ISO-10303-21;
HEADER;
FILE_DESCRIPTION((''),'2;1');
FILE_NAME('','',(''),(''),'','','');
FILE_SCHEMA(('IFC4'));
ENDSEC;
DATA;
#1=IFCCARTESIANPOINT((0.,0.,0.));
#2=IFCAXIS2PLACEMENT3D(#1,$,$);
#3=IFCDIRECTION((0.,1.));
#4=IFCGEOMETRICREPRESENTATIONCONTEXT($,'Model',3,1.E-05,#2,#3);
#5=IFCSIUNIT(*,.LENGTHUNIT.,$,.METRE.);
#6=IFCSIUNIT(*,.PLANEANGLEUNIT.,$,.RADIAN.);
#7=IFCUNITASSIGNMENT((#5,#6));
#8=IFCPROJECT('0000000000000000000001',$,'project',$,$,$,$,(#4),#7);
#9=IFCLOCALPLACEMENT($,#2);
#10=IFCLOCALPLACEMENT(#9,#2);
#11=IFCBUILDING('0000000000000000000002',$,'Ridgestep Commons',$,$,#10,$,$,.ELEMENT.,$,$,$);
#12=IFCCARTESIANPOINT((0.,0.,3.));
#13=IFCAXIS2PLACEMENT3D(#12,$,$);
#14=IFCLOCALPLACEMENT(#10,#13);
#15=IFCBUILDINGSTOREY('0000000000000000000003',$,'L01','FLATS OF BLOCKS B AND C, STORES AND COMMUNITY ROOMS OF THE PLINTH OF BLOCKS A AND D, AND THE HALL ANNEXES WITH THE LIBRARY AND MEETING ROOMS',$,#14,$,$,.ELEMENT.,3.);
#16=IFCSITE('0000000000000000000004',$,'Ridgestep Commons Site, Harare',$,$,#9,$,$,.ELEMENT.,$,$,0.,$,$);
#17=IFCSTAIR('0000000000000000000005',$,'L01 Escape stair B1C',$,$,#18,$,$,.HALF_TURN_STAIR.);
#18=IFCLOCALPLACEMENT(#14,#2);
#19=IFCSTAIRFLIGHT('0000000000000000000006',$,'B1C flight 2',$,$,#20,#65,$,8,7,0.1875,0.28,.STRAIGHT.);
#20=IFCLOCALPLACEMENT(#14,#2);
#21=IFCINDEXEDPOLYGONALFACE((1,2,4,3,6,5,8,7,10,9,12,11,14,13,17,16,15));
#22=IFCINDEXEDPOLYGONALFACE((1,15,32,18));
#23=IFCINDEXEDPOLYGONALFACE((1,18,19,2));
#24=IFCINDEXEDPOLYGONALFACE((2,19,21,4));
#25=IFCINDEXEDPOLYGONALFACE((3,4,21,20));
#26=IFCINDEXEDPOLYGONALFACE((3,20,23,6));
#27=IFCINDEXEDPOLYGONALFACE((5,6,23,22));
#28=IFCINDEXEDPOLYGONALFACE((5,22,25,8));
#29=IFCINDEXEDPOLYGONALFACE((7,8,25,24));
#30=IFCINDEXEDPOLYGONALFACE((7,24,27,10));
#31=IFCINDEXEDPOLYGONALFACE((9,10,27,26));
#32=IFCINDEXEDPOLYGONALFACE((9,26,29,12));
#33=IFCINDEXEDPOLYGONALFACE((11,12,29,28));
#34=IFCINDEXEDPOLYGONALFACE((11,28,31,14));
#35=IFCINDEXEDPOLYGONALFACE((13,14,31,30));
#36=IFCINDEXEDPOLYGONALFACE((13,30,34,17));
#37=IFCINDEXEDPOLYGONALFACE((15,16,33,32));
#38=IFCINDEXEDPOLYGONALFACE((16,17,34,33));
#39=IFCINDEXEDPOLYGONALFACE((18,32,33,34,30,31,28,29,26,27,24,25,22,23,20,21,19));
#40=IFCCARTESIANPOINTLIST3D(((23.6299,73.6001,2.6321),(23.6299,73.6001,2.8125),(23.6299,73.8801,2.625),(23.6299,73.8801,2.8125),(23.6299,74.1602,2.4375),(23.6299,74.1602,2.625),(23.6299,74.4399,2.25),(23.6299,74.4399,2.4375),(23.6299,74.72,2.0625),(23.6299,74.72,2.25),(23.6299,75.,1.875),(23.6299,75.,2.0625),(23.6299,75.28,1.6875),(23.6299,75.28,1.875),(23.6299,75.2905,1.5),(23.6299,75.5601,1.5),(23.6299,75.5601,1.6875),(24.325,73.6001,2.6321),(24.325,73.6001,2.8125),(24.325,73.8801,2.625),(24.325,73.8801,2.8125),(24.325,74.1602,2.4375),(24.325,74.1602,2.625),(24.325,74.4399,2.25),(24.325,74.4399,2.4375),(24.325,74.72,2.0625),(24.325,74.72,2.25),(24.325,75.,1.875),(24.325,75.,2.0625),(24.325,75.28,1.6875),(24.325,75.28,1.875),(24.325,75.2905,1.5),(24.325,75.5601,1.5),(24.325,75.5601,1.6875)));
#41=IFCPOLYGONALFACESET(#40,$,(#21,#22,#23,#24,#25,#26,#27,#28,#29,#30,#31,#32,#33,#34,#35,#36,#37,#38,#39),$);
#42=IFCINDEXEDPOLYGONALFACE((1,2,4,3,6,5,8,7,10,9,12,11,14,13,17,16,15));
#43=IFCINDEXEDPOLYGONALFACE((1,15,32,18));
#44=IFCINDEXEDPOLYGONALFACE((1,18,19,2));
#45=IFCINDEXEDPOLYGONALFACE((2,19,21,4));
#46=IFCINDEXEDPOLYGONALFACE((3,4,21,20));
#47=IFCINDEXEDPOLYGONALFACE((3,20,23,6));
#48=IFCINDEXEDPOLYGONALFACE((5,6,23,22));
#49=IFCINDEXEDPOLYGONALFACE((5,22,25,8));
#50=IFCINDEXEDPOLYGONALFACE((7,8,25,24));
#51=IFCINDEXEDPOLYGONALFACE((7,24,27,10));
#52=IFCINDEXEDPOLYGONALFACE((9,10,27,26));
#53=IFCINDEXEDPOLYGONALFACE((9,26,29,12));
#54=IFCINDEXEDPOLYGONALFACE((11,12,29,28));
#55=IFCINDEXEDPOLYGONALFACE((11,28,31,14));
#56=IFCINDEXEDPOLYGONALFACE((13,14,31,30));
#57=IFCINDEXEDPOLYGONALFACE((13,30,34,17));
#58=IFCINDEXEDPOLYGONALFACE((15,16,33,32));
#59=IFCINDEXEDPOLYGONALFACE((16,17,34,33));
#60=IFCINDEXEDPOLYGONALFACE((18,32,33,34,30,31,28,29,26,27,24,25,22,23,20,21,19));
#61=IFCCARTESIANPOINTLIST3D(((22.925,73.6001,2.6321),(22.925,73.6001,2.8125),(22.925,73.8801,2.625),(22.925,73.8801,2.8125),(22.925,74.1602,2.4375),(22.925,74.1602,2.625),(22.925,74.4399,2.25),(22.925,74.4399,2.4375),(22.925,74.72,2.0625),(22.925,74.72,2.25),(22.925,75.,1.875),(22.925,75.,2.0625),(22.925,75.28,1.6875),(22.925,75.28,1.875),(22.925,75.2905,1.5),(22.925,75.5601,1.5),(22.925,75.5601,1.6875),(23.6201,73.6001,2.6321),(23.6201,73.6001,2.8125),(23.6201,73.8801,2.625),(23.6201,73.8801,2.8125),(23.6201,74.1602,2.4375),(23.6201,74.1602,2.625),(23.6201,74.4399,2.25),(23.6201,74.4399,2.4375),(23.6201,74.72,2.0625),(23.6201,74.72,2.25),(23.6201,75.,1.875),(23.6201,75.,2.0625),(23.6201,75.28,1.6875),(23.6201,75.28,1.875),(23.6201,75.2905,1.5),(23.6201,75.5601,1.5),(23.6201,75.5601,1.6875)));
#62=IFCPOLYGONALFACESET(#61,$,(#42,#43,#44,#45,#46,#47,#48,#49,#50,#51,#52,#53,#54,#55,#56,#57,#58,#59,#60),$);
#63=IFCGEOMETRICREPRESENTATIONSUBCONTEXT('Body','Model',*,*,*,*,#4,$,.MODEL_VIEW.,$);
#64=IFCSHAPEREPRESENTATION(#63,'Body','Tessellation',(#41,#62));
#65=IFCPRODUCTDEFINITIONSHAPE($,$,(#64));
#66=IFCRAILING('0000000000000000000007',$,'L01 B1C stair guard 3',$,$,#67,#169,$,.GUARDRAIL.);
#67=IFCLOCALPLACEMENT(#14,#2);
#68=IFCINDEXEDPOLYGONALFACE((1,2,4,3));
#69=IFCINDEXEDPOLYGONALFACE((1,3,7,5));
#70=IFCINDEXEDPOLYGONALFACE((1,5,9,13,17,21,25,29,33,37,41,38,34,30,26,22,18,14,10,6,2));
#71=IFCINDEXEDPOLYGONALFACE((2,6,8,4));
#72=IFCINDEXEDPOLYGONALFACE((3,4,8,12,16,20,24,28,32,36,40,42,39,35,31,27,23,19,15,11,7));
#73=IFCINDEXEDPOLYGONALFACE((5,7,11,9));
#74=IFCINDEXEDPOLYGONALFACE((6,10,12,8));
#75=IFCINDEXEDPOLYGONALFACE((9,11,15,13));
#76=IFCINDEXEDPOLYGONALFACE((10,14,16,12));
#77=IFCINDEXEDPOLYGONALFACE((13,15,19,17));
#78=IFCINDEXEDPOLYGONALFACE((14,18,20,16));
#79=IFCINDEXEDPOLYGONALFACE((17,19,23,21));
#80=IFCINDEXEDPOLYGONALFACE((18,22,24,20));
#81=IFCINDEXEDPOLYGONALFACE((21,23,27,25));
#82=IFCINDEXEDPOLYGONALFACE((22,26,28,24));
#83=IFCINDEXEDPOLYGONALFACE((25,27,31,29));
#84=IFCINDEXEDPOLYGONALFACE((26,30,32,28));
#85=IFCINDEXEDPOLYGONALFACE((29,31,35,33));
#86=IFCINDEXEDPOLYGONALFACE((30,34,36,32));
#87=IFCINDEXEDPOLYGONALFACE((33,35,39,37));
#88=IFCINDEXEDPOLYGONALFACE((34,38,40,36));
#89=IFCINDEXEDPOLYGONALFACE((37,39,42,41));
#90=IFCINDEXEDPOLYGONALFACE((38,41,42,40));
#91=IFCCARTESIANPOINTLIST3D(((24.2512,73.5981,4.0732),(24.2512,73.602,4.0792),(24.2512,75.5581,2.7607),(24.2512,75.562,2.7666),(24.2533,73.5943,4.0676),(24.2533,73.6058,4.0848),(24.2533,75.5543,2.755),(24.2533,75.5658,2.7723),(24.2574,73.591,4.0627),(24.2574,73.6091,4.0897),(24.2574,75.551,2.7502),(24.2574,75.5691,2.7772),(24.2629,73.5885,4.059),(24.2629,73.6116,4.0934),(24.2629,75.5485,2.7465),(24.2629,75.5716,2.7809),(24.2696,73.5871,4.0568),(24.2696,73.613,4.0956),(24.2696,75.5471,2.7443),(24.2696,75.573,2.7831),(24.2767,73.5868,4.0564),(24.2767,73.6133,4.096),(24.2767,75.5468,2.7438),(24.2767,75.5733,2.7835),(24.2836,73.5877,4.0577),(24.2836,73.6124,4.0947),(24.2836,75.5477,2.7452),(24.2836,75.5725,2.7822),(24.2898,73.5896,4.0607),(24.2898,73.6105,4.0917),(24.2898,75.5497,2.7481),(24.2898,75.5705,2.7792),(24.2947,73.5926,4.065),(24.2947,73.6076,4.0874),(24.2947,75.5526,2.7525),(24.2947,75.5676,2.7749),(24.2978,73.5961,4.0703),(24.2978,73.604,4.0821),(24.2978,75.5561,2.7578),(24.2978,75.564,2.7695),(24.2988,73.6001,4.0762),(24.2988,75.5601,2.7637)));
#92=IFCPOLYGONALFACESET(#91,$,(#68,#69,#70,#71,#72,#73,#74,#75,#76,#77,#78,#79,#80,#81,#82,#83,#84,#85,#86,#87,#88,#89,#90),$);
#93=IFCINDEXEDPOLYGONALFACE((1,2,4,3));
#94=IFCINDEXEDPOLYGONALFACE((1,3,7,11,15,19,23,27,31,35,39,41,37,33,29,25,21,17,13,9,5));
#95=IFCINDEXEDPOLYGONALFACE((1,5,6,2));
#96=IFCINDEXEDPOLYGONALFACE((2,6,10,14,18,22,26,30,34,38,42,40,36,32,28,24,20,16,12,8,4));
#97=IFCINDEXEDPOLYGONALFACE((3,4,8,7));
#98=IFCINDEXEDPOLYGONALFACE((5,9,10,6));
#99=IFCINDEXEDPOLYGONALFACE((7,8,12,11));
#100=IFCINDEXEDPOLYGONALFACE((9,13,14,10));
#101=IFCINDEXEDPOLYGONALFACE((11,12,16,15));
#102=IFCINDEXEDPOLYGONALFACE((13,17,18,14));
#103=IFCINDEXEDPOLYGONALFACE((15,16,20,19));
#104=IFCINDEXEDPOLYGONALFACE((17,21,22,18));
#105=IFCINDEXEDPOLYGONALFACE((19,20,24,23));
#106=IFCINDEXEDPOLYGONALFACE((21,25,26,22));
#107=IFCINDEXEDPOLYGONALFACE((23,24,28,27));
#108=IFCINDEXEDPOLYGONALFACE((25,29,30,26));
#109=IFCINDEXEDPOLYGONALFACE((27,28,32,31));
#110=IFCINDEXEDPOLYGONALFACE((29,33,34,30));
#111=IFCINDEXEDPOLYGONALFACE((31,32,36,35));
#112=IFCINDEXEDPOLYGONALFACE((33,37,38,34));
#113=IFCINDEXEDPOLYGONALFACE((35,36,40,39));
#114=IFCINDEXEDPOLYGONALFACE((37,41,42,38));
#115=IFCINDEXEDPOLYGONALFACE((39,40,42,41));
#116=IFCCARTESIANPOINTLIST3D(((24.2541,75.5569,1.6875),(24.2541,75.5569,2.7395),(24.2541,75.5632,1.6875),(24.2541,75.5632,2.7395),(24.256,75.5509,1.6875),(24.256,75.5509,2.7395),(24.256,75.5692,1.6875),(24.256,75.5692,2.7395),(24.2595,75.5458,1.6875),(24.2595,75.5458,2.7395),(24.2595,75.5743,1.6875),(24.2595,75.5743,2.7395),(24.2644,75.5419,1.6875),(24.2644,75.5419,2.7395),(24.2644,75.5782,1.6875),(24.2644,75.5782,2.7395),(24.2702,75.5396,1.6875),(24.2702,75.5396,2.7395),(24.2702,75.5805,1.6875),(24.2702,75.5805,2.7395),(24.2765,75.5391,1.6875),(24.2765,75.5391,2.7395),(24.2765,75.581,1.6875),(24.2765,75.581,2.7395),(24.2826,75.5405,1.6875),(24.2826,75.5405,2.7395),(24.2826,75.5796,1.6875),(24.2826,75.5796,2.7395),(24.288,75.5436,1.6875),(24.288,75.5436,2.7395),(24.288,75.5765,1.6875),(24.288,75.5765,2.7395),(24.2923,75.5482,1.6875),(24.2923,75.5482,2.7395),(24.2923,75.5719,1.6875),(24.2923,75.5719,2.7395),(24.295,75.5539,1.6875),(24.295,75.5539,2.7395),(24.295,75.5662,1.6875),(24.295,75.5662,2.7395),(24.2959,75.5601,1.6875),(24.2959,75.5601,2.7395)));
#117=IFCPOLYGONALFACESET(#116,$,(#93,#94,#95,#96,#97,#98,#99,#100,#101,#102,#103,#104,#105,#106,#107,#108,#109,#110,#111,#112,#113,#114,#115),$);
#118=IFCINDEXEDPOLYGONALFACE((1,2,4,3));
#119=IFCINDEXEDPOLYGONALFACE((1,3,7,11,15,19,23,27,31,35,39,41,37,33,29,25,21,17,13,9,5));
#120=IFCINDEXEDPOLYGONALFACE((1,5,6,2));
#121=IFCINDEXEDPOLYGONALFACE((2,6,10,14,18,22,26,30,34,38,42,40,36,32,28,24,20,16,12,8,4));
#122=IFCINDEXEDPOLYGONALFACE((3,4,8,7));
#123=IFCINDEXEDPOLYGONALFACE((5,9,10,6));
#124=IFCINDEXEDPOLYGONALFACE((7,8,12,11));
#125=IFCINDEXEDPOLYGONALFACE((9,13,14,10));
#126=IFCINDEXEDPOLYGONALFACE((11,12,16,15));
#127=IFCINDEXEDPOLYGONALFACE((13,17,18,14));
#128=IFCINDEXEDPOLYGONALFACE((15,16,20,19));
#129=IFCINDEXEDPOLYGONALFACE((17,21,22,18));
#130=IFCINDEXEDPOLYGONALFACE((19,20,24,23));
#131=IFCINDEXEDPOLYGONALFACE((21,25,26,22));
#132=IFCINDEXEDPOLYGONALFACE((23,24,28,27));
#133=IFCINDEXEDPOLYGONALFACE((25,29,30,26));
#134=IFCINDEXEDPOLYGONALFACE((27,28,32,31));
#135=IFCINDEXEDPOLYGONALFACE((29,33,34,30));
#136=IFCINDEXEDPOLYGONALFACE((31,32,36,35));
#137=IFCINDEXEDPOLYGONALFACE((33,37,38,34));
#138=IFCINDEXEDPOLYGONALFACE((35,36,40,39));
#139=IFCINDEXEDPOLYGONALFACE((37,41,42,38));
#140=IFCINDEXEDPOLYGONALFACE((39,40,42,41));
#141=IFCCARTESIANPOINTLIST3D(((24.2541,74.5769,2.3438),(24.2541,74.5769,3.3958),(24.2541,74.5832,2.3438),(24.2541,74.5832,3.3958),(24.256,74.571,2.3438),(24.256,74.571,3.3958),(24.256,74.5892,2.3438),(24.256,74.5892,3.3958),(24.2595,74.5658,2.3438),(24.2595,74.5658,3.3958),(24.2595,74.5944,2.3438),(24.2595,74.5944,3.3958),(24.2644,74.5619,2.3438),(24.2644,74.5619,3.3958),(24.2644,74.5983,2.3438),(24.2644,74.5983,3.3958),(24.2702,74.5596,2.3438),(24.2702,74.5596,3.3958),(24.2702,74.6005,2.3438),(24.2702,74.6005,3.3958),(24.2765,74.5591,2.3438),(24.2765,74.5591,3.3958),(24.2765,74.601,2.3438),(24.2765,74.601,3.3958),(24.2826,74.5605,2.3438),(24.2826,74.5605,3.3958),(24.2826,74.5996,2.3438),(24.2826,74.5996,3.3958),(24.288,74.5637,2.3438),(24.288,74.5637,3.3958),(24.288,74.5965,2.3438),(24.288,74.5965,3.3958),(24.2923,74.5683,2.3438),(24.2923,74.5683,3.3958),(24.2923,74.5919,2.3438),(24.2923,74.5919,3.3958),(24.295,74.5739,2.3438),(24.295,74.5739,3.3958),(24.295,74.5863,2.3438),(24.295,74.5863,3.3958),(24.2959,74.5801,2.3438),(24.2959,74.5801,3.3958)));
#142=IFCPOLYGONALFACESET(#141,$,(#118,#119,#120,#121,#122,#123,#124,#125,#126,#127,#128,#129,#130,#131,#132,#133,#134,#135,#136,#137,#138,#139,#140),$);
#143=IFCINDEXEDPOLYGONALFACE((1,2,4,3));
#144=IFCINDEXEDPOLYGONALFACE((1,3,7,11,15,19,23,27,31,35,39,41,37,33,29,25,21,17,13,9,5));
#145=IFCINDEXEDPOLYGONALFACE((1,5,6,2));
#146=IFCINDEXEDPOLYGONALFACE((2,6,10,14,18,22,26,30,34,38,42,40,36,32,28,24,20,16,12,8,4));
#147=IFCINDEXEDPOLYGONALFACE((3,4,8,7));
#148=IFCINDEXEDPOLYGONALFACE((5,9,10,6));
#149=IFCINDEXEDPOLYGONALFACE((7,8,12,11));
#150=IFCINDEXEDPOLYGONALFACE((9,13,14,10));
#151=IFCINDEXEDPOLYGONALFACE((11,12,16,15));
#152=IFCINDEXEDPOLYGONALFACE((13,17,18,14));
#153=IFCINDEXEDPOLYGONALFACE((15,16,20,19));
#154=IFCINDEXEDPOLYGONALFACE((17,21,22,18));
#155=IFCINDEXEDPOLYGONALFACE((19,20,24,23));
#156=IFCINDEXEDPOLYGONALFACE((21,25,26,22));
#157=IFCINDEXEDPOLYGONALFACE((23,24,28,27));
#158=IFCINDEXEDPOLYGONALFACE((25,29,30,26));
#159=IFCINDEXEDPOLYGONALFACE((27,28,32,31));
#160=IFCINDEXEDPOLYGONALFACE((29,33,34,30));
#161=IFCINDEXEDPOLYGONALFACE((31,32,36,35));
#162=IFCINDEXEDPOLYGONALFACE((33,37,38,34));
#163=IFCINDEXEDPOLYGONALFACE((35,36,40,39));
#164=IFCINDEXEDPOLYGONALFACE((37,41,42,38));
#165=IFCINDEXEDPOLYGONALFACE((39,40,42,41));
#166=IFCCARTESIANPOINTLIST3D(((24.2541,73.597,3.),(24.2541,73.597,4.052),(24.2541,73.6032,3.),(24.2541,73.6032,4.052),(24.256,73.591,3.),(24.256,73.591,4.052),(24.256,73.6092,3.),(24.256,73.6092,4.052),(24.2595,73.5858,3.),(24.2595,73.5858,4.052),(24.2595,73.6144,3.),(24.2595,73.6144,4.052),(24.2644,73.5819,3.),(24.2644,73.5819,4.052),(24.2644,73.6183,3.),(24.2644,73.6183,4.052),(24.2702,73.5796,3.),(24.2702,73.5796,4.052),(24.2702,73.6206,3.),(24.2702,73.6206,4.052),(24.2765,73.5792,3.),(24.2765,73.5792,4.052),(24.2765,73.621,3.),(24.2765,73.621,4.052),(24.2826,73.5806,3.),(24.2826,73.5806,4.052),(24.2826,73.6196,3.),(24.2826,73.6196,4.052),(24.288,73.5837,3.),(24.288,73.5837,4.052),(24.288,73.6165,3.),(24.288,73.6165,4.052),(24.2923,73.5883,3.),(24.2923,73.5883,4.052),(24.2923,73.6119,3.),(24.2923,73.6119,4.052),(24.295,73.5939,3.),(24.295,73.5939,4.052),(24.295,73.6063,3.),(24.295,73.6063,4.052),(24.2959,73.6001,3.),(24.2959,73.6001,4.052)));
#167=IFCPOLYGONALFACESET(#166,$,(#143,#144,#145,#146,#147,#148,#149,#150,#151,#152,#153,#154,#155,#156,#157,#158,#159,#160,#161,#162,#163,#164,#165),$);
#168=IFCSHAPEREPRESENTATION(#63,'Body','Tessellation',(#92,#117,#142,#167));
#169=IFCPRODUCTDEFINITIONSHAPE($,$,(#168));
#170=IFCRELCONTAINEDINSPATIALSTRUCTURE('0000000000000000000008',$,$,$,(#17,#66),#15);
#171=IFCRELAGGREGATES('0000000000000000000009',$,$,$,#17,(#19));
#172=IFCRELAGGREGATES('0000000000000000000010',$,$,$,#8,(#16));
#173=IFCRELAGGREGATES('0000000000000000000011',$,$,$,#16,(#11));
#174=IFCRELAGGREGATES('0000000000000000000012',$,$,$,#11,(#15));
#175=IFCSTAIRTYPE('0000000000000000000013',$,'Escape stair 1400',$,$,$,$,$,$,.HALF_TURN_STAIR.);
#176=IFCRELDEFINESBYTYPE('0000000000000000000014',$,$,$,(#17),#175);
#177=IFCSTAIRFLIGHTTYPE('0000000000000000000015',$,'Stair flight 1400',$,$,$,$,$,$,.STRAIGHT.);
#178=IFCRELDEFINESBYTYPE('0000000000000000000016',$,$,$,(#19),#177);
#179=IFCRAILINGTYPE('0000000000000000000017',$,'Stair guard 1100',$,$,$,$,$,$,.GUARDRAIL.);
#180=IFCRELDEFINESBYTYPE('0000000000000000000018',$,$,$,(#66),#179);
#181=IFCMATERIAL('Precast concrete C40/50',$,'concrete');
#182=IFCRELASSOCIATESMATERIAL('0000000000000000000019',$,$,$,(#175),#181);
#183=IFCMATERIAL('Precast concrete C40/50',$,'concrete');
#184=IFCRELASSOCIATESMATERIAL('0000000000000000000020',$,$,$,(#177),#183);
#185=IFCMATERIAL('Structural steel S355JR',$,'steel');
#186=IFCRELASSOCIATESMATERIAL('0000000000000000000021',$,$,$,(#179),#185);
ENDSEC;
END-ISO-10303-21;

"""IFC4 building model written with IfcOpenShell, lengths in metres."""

from ifc_helpers import new_model, si_unit, direction, frame, origin, origin_2d, place, context, subcontext, project, spatial, polyline, circle, outline, extrude, material, type_object, element, aggregate, save


model = new_model("IFC4")

# Units and contexts
model_context = context("Model", 3, precision=1e-05, world=origin(), true_north=direction((0.0, 1.0)))
body_context = subcontext(model_context, "Body", "Model", "MODEL_VIEW")
ifc_project = project(units=[si_unit("LENGTHUNIT", "METRE"), si_unit("PLANEANGLEUNIT", "RADIAN")], contexts=[model_context])

# Site, building, storey
site_placement = place(None, origin())
site = spatial("IfcSite", under=ifc_project, at=site_placement, Name="Ridgestep Commons Site, Harare", CompositionType="ELEMENT", RefElevation=0.0)
building_placement = place(site_placement, origin())
building = spatial("IfcBuilding", under=site, at=building_placement, Name="Ridgestep Commons", CompositionType="ELEMENT")
storey_placement = place(building_placement, frame((0.0, 0.0, 3.0)))
storey = spatial("IfcBuildingStorey", under=building, at=storey_placement, Name="L01", Description="FLATS OF BLOCKS B AND C, STORES AND COMMUNITY ROOMS OF THE PLINTH OF BLOCKS A AND D, AND THE HALL ANNEXES WITH THE LIBRARY AND MEETING ROOMS", CompositionType="ELEMENT", Elevation=3.0)

# Stair, stair flight
ifc_material_1 = material(Name="Precast concrete C40/50", Category="concrete")
stair_type = type_object("IfcStairType", Name="Escape stair 1400", PredefinedType="HALF_TURN_STAIR", material=ifc_material_1)
stair_placement = place(storey_placement, origin())
stair = element("IfcStair", 1, at=stair_placement, inside=storey, type_object=stair_type, Name="L01 Escape stair B1C", PredefinedType="HALF_TURN_STAIR")
ifc_material_2 = material(Name="Precast concrete C40/50", Category="concrete")
stair_flight_type = type_object("IfcStairFlightType", Name="Stair flight 1400", PredefinedType="STRAIGHT", material=ifc_material_2)
stair_flight_placement = place(storey_placement, frame((23.625, 75.5601, 1.5), z_axis=(0.0, 0.0, 1.0), x_axis=(0.0, -1.0, 0.0)))
stair_flight = element("IfcStairFlight", 2, at=stair_flight_placement, type_object=stair_flight_type, Name="B1C flight 2", NumberOfRisers=8, NumberOfTreads=7, PredefinedType="STRAIGHT", RiserHeight=0.1875, TreadLength=0.28, context=body_context, shape_type="SweptSolid", body=[
    extrude(outline(polyline([(0.0, 0.0), (0.0, 0.1875), (0.28, 0.1875), (0.28, 0.375), (0.5601, 0.375), (0.5601, 0.5625), (0.8401, 0.5625), (0.8401, 0.75), (1.1201, 0.75), (1.1201, 0.9375), (1.3999, 0.9375), (1.3999, 1.125), (1.6799, 1.125), (1.6799, 1.3125), (1.96, 1.3125), (1.96, 1.5), (1.96, 1.1321), (0.2695, 0.0), (0.0, 0.0)])), frame((0.0, 0.7, 0.0), z_axis=(0.0, -1.0, 0.0), x_axis=(1.0, 0.0, 0.0)), (0.0, 0.0, 1.0), 0.6951),
    extrude(outline(polyline([(0.0, 0.0), (0.0, 0.1875), (0.28, 0.1875), (0.28, 0.375), (0.5601, 0.375), (0.5601, 0.5625), (0.8401, 0.5625), (0.8401, 0.75), (1.1201, 0.75), (1.1201, 0.9375), (1.3999, 0.9375), (1.3999, 1.125), (1.6799, 1.125), (1.6799, 1.3125), (1.96, 1.3125), (1.96, 1.5), (1.96, 1.1321), (0.2695, 0.0), (0.0, 0.0)])), frame((0.0, -0.0049, 0.0), z_axis=(0.0, -1.0, 0.0), x_axis=(1.0, 0.0, 0.0)), (0.0, 0.0, 1.0), 0.6951),
])
aggregate(stair, [stair_flight])

# Railing
ifc_material_3 = material(Name="Structural steel S355JR", Category="steel")
railing_type_1 = type_object("IfcRailingType", Name="Stair guard 1100", PredefinedType="GUARDRAIL", material=ifc_material_3)
railing_1_placement = place(storey_placement, frame((24.2749, 75.5601, 1.6875)))
element("IfcRailing", 3, at=railing_1_placement, inside=storey, type_object=railing_type_1, Name="L01 B1C stair guard 3", PredefinedType="GUARDRAIL", context=body_context, shape_type="SweptSolid", body=[
    extrude(circle(Radius=0.0239, at=origin_2d()), frame((0.0, 0.0, 1.0762), z_axis=(0.0, -0.830902, 0.556419), x_axis=(1.0, 0.0, 0.0)), (0.0, 0.0, 1.0), 2.3589),
    extrude(circle(Radius=0.021, at=origin_2d()), origin(), (0.0, 0.0, 1.0), 1.052),
    extrude(circle(Radius=0.021, at=origin_2d()), frame((0.0, -0.98, 0.6562)), (0.0, 0.0, 1.0), 1.052),
    extrude(circle(Radius=0.021, at=origin_2d()), frame((0.0, -1.96, 1.3125)), (0.0, 0.0, 1.0), 1.052),
])

save(model, "model.ifc")
